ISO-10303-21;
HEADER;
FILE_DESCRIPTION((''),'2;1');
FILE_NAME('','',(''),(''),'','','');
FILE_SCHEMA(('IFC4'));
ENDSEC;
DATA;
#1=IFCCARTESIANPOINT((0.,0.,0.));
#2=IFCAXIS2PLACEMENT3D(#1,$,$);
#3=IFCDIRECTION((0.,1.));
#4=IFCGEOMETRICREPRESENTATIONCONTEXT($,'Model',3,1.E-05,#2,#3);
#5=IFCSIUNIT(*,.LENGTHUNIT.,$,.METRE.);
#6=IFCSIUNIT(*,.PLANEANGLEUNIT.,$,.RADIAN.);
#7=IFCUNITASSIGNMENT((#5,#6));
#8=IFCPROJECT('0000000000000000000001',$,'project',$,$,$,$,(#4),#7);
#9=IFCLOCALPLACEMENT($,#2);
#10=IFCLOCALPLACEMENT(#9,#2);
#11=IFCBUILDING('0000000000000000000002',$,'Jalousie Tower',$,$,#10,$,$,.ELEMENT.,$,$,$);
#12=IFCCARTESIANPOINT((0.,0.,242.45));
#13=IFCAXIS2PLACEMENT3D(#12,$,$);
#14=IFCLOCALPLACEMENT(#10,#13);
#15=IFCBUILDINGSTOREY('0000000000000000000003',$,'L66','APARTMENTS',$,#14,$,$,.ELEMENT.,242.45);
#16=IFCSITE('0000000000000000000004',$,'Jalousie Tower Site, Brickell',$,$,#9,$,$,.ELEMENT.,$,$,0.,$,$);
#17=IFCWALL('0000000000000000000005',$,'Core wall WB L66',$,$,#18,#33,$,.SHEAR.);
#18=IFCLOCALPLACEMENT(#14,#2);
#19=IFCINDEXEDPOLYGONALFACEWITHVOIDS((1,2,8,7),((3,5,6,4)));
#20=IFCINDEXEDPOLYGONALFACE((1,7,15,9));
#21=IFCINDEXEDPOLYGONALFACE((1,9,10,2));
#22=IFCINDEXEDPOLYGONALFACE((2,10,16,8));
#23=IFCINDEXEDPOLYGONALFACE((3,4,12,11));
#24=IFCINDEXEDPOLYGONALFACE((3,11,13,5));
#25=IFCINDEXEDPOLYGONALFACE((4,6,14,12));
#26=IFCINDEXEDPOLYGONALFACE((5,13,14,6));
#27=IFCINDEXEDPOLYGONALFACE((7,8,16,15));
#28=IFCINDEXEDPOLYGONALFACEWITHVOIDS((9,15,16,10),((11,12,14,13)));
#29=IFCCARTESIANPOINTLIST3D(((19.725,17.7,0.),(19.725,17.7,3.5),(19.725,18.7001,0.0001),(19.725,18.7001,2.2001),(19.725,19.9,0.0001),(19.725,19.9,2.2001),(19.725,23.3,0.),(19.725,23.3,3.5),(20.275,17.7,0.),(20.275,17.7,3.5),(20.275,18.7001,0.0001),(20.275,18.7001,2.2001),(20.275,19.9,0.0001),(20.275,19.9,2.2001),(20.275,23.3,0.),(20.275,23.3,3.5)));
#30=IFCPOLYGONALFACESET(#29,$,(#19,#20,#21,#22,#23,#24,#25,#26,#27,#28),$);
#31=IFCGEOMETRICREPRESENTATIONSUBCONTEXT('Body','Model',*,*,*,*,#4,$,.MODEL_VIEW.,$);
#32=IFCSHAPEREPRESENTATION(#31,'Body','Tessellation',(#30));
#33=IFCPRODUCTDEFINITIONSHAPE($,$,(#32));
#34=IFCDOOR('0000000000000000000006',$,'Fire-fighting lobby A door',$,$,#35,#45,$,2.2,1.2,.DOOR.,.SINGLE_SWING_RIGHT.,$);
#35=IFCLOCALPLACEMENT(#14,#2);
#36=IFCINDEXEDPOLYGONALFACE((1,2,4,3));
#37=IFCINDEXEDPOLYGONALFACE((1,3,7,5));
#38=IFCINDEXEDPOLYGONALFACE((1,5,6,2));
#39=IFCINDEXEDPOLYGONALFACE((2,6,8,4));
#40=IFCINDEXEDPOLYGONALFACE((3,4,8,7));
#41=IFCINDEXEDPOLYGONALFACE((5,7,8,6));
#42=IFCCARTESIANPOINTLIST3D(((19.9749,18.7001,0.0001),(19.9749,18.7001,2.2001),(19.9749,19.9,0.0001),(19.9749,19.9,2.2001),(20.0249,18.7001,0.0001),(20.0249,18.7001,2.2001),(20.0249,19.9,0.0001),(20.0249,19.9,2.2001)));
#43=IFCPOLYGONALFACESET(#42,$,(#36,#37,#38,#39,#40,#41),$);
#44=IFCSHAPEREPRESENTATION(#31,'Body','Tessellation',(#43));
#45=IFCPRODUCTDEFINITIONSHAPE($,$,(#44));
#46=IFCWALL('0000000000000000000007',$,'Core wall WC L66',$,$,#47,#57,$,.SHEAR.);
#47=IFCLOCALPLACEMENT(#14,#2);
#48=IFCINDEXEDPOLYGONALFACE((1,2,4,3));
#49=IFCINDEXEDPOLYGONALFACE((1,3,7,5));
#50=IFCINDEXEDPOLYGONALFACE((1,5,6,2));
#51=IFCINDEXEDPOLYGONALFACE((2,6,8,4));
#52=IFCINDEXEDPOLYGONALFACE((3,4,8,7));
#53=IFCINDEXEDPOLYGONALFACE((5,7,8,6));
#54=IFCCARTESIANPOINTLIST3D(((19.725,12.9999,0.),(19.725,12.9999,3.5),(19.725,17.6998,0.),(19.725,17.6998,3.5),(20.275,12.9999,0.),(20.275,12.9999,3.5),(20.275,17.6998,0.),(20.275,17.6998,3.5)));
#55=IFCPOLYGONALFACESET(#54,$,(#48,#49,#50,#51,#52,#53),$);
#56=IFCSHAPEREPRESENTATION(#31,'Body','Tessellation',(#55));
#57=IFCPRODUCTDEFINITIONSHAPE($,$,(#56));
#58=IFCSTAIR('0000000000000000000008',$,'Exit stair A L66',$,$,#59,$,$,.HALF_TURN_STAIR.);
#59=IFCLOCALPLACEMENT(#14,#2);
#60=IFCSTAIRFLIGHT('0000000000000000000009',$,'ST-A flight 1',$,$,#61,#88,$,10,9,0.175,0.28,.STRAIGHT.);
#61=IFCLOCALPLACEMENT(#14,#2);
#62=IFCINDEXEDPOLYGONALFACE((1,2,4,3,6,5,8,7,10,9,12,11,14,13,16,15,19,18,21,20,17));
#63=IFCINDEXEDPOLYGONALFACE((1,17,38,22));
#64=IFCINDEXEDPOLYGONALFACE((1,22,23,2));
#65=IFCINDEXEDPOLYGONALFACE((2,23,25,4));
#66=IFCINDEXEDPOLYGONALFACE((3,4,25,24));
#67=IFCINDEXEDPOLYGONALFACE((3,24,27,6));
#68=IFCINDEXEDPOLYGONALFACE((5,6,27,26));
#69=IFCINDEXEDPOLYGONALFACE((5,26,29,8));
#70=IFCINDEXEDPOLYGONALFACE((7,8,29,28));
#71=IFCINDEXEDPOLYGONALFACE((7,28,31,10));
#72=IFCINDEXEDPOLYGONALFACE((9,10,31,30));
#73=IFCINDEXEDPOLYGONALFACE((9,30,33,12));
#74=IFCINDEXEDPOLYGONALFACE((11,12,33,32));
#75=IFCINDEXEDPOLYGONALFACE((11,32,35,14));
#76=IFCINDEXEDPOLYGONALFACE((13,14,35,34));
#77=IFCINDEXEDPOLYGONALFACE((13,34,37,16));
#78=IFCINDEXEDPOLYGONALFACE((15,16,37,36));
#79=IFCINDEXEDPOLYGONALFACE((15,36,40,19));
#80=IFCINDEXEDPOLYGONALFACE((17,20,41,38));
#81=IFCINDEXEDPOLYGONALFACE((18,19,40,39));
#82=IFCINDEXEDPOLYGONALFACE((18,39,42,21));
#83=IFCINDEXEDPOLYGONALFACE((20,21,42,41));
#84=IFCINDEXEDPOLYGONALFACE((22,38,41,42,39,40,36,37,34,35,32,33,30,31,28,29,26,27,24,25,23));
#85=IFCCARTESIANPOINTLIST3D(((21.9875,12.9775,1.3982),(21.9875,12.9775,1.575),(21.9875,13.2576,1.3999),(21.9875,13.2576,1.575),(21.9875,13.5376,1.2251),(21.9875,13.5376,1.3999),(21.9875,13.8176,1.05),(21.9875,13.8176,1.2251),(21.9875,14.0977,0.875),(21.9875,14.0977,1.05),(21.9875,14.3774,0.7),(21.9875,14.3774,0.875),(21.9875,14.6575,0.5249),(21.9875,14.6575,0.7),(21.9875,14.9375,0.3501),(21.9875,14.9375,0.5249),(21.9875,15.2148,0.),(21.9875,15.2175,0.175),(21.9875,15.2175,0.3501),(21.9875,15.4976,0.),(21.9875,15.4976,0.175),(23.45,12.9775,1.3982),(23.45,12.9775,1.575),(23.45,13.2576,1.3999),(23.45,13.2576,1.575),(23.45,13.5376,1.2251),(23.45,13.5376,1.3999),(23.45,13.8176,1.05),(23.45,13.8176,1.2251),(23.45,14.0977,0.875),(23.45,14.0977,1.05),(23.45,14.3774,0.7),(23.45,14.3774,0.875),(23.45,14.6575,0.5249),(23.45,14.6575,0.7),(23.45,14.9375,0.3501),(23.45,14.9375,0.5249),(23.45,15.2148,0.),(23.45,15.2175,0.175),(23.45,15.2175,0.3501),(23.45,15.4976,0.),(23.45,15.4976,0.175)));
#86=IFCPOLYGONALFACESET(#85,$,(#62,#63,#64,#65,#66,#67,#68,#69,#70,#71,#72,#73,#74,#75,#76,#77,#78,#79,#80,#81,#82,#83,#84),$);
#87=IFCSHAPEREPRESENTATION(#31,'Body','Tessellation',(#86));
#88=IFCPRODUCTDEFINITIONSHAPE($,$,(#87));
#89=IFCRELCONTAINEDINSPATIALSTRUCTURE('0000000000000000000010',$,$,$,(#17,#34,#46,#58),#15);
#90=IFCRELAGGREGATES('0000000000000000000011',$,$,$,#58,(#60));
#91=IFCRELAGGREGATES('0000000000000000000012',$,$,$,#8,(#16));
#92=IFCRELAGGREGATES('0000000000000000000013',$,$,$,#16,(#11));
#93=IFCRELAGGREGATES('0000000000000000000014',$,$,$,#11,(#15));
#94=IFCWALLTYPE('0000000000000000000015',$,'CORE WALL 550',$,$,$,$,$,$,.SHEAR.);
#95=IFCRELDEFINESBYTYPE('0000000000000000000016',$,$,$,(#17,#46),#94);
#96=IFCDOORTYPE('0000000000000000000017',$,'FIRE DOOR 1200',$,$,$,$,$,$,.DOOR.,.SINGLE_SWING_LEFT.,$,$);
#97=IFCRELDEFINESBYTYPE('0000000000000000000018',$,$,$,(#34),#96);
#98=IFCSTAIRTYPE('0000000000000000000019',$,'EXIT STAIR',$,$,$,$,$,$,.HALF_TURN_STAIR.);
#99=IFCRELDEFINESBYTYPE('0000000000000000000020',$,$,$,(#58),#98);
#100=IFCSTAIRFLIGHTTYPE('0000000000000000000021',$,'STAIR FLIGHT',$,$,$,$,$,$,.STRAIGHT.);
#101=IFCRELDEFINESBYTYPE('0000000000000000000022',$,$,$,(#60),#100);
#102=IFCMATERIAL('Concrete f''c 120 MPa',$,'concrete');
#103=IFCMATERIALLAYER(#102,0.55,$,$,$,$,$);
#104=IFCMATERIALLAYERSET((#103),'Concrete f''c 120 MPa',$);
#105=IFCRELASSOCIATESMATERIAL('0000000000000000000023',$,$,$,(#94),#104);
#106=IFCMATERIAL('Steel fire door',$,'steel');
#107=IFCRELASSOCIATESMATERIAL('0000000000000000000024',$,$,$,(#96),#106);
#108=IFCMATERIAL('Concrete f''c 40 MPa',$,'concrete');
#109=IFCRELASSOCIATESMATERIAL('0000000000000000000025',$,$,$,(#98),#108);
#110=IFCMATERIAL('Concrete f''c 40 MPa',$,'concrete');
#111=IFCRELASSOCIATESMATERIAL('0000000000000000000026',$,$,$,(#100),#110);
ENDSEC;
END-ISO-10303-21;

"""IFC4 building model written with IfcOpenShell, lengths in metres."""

from ifc_helpers import new_model, si_unit, direction, frame, frame_2d, origin, place, context, subcontext, project, spatial, polyline, rectangle, outline, extrude, material, layer, layer_set, type_object, element, fill, aggregate, save


model = new_model("IFC4")

# Units and contexts
model_context = context("Model", 3, precision=1e-05, world=origin(), true_north=direction((0.0, 1.0)))
body_context = subcontext(model_context, "Body", "Model", "MODEL_VIEW")
ifc_project = project(units=[si_unit("LENGTHUNIT", "METRE"), si_unit("PLANEANGLEUNIT", "RADIAN")], contexts=[model_context])

# Site, building, storey
site_placement = place(None, origin())
site = spatial("IfcSite", under=ifc_project, at=site_placement, Name="Jalousie Tower Site, Brickell", CompositionType="ELEMENT", RefElevation=0.0)
building_placement = place(site_placement, origin())
building = spatial("IfcBuilding", under=site, at=building_placement, Name="Jalousie Tower", CompositionType="ELEMENT")
storey_placement = place(building_placement, frame((0.0, 0.0, 242.45)))
storey = spatial("IfcBuildingStorey", under=building, at=storey_placement, Name="L66", Description="APARTMENTS", CompositionType="ELEMENT", Elevation=242.45)

# Shared definitions
ifc_material_1 = material(Name="Concrete f'c 120 MPa", Category="concrete")
ifc_layer_1 = layer(ifc_material_1, 0.55)
ifc_layer_set_1 = layer_set([ifc_layer_1], Name="Concrete f'c 120 MPa")
wall_type_1 = type_object("IfcWallType", Name="CORE WALL 550", PredefinedType="SHEAR", material=ifc_layer_set_1)

# Wall, opening, door
wall_1_placement = place(storey_placement, frame((20.0, 23.3, 0.0), z_axis=(0.0, 0.0, 1.0), x_axis=(0.0, -1.0, 0.0)))
wall_1 = element("IfcWall", 1, at=wall_1_placement, inside=storey, type_object=wall_type_1, Name="Core wall WB L66", PredefinedType="SHEAR", context=body_context, shape_type="SweptSolid", body=[
    extrude(rectangle(XDim=5.6001, YDim=0.55, at=frame_2d((2.8, 0.0))), origin(), (0.0, 0.0, 1.0), 3.5),
])
opening_1_placement = place(wall_1_placement, frame((3.3999, 0.0, 0.0)))
opening_1 = element("IfcOpeningElement", 2, at=opening_1_placement, cuts=wall_1, PredefinedType="OPENING", context=body_context, shape_type="SweptSolid", body=[
    extrude(rectangle(XDim=1.2, YDim=2.2, at=frame_2d((0.6001, 1.1001))), frame((0.0, 0.2849, 0.0), z_axis=(0.0, -1.0, 0.0), x_axis=(1.0, 0.0, 0.0)), (0.0, 0.0, 1.0), 0.5701),
])
ifc_material_2 = material(Name="Steel fire door", Category="steel")
door_type_1 = type_object("IfcDoorType", Name="FIRE DOOR 1200", OperationType="SINGLE_SWING_LEFT", PredefinedType="DOOR", material=ifc_material_2)
door_1_placement = place(opening_1_placement, origin())
door_1 = element("IfcDoor", 3, at=door_1_placement, inside=storey, type_object=door_type_1, Name="Fire-fighting lobby A door", OperationType="SINGLE_SWING_RIGHT", OverallHeight=2.2, OverallWidth=1.2, PredefinedType="DOOR", context=body_context, shape_type="SweptSolid", body=[
    extrude(rectangle(XDim=1.2, YDim=2.2, at=frame_2d((0.6001, 1.1001))), frame((0.0, 0.0249, 0.0), z_axis=(0.0, -1.0, 0.0), x_axis=(1.0, 0.0, 0.0)), (0.0, 0.0, 1.0), 0.05),
])
fill(opening_1, door_1)

# Wall
wall_2_placement = place(storey_placement, frame((20.0, 17.7, 0.0), z_axis=(0.0, 0.0, 1.0), x_axis=(0.0, -1.0, 0.0)))
element("IfcWall", 4, at=wall_2_placement, inside=storey, type_object=wall_type_1, Name="Core wall WC L66", PredefinedType="SHEAR", context=body_context, shape_type="SweptSolid", body=[
    extrude(rectangle(XDim=4.7, YDim=0.55, at=frame_2d((2.3501, 0.0))), origin(), (0.0, 0.0, 1.0), 3.5),
])

# Stair, stair flight
ifc_material_3 = material(Name="Concrete f'c 40 MPa", Category="concrete")
stair_type = type_object("IfcStairType", Name="EXIT STAIR", PredefinedType="HALF_TURN_STAIR", material=ifc_material_3)
stair_placement = place(storey_placement, origin())
stair = element("IfcStair", 5, at=stair_placement, inside=storey, type_object=stair_type, Name="Exit stair A L66", PredefinedType="HALF_TURN_STAIR")
ifc_material_4 = material(Name="Concrete f'c 40 MPa", Category="concrete")
stair_flight_type = type_object("IfcStairFlightType", Name="STAIR FLIGHT", PredefinedType="STRAIGHT", material=ifc_material_4)
stair_flight_placement = place(storey_placement, frame((22.7188, 15.4976, 0.0), z_axis=(0.0, 0.0, 1.0), x_axis=(0.0, -1.0, 0.0)))
stair_flight = element("IfcStairFlight", 6, at=stair_flight_placement, type_object=stair_flight_type, Name="ST-A flight 1", NumberOfRisers=10, NumberOfTreads=9, PredefinedType="STRAIGHT", RiserHeight=0.175, TreadLength=0.28, context=body_context, shape_type="SweptSolid", body=[
    extrude(outline(polyline([(0.0, 0.0), (0.0, 0.175), (0.28, 0.175), (0.28, 0.3501), (0.5601, 0.3501), (0.5601, 0.5249), (0.8401, 0.5249), (0.8401, 0.7), (1.1201, 0.7), (1.1201, 0.875), (1.3999, 0.875), (1.3999, 1.05), (1.6799, 1.05), (1.6799, 1.2251), (1.96, 1.2251), (1.96, 1.3999), (2.24, 1.3999), (2.24, 1.575), (2.52, 1.575), (2.52, 1.75), (2.52, 1.3982), (0.2827, 0.0), (0.0, 0.0)])), frame((0.0, 0.7312, 0.0), z_axis=(0.0, -1.0, 0.0), x_axis=(1.0, 0.0, 0.0)), (0.0, 0.0, 1.0), 1.4624),
])
aggregate(stair, [stair_flight])

save(model, "model.ifc")
